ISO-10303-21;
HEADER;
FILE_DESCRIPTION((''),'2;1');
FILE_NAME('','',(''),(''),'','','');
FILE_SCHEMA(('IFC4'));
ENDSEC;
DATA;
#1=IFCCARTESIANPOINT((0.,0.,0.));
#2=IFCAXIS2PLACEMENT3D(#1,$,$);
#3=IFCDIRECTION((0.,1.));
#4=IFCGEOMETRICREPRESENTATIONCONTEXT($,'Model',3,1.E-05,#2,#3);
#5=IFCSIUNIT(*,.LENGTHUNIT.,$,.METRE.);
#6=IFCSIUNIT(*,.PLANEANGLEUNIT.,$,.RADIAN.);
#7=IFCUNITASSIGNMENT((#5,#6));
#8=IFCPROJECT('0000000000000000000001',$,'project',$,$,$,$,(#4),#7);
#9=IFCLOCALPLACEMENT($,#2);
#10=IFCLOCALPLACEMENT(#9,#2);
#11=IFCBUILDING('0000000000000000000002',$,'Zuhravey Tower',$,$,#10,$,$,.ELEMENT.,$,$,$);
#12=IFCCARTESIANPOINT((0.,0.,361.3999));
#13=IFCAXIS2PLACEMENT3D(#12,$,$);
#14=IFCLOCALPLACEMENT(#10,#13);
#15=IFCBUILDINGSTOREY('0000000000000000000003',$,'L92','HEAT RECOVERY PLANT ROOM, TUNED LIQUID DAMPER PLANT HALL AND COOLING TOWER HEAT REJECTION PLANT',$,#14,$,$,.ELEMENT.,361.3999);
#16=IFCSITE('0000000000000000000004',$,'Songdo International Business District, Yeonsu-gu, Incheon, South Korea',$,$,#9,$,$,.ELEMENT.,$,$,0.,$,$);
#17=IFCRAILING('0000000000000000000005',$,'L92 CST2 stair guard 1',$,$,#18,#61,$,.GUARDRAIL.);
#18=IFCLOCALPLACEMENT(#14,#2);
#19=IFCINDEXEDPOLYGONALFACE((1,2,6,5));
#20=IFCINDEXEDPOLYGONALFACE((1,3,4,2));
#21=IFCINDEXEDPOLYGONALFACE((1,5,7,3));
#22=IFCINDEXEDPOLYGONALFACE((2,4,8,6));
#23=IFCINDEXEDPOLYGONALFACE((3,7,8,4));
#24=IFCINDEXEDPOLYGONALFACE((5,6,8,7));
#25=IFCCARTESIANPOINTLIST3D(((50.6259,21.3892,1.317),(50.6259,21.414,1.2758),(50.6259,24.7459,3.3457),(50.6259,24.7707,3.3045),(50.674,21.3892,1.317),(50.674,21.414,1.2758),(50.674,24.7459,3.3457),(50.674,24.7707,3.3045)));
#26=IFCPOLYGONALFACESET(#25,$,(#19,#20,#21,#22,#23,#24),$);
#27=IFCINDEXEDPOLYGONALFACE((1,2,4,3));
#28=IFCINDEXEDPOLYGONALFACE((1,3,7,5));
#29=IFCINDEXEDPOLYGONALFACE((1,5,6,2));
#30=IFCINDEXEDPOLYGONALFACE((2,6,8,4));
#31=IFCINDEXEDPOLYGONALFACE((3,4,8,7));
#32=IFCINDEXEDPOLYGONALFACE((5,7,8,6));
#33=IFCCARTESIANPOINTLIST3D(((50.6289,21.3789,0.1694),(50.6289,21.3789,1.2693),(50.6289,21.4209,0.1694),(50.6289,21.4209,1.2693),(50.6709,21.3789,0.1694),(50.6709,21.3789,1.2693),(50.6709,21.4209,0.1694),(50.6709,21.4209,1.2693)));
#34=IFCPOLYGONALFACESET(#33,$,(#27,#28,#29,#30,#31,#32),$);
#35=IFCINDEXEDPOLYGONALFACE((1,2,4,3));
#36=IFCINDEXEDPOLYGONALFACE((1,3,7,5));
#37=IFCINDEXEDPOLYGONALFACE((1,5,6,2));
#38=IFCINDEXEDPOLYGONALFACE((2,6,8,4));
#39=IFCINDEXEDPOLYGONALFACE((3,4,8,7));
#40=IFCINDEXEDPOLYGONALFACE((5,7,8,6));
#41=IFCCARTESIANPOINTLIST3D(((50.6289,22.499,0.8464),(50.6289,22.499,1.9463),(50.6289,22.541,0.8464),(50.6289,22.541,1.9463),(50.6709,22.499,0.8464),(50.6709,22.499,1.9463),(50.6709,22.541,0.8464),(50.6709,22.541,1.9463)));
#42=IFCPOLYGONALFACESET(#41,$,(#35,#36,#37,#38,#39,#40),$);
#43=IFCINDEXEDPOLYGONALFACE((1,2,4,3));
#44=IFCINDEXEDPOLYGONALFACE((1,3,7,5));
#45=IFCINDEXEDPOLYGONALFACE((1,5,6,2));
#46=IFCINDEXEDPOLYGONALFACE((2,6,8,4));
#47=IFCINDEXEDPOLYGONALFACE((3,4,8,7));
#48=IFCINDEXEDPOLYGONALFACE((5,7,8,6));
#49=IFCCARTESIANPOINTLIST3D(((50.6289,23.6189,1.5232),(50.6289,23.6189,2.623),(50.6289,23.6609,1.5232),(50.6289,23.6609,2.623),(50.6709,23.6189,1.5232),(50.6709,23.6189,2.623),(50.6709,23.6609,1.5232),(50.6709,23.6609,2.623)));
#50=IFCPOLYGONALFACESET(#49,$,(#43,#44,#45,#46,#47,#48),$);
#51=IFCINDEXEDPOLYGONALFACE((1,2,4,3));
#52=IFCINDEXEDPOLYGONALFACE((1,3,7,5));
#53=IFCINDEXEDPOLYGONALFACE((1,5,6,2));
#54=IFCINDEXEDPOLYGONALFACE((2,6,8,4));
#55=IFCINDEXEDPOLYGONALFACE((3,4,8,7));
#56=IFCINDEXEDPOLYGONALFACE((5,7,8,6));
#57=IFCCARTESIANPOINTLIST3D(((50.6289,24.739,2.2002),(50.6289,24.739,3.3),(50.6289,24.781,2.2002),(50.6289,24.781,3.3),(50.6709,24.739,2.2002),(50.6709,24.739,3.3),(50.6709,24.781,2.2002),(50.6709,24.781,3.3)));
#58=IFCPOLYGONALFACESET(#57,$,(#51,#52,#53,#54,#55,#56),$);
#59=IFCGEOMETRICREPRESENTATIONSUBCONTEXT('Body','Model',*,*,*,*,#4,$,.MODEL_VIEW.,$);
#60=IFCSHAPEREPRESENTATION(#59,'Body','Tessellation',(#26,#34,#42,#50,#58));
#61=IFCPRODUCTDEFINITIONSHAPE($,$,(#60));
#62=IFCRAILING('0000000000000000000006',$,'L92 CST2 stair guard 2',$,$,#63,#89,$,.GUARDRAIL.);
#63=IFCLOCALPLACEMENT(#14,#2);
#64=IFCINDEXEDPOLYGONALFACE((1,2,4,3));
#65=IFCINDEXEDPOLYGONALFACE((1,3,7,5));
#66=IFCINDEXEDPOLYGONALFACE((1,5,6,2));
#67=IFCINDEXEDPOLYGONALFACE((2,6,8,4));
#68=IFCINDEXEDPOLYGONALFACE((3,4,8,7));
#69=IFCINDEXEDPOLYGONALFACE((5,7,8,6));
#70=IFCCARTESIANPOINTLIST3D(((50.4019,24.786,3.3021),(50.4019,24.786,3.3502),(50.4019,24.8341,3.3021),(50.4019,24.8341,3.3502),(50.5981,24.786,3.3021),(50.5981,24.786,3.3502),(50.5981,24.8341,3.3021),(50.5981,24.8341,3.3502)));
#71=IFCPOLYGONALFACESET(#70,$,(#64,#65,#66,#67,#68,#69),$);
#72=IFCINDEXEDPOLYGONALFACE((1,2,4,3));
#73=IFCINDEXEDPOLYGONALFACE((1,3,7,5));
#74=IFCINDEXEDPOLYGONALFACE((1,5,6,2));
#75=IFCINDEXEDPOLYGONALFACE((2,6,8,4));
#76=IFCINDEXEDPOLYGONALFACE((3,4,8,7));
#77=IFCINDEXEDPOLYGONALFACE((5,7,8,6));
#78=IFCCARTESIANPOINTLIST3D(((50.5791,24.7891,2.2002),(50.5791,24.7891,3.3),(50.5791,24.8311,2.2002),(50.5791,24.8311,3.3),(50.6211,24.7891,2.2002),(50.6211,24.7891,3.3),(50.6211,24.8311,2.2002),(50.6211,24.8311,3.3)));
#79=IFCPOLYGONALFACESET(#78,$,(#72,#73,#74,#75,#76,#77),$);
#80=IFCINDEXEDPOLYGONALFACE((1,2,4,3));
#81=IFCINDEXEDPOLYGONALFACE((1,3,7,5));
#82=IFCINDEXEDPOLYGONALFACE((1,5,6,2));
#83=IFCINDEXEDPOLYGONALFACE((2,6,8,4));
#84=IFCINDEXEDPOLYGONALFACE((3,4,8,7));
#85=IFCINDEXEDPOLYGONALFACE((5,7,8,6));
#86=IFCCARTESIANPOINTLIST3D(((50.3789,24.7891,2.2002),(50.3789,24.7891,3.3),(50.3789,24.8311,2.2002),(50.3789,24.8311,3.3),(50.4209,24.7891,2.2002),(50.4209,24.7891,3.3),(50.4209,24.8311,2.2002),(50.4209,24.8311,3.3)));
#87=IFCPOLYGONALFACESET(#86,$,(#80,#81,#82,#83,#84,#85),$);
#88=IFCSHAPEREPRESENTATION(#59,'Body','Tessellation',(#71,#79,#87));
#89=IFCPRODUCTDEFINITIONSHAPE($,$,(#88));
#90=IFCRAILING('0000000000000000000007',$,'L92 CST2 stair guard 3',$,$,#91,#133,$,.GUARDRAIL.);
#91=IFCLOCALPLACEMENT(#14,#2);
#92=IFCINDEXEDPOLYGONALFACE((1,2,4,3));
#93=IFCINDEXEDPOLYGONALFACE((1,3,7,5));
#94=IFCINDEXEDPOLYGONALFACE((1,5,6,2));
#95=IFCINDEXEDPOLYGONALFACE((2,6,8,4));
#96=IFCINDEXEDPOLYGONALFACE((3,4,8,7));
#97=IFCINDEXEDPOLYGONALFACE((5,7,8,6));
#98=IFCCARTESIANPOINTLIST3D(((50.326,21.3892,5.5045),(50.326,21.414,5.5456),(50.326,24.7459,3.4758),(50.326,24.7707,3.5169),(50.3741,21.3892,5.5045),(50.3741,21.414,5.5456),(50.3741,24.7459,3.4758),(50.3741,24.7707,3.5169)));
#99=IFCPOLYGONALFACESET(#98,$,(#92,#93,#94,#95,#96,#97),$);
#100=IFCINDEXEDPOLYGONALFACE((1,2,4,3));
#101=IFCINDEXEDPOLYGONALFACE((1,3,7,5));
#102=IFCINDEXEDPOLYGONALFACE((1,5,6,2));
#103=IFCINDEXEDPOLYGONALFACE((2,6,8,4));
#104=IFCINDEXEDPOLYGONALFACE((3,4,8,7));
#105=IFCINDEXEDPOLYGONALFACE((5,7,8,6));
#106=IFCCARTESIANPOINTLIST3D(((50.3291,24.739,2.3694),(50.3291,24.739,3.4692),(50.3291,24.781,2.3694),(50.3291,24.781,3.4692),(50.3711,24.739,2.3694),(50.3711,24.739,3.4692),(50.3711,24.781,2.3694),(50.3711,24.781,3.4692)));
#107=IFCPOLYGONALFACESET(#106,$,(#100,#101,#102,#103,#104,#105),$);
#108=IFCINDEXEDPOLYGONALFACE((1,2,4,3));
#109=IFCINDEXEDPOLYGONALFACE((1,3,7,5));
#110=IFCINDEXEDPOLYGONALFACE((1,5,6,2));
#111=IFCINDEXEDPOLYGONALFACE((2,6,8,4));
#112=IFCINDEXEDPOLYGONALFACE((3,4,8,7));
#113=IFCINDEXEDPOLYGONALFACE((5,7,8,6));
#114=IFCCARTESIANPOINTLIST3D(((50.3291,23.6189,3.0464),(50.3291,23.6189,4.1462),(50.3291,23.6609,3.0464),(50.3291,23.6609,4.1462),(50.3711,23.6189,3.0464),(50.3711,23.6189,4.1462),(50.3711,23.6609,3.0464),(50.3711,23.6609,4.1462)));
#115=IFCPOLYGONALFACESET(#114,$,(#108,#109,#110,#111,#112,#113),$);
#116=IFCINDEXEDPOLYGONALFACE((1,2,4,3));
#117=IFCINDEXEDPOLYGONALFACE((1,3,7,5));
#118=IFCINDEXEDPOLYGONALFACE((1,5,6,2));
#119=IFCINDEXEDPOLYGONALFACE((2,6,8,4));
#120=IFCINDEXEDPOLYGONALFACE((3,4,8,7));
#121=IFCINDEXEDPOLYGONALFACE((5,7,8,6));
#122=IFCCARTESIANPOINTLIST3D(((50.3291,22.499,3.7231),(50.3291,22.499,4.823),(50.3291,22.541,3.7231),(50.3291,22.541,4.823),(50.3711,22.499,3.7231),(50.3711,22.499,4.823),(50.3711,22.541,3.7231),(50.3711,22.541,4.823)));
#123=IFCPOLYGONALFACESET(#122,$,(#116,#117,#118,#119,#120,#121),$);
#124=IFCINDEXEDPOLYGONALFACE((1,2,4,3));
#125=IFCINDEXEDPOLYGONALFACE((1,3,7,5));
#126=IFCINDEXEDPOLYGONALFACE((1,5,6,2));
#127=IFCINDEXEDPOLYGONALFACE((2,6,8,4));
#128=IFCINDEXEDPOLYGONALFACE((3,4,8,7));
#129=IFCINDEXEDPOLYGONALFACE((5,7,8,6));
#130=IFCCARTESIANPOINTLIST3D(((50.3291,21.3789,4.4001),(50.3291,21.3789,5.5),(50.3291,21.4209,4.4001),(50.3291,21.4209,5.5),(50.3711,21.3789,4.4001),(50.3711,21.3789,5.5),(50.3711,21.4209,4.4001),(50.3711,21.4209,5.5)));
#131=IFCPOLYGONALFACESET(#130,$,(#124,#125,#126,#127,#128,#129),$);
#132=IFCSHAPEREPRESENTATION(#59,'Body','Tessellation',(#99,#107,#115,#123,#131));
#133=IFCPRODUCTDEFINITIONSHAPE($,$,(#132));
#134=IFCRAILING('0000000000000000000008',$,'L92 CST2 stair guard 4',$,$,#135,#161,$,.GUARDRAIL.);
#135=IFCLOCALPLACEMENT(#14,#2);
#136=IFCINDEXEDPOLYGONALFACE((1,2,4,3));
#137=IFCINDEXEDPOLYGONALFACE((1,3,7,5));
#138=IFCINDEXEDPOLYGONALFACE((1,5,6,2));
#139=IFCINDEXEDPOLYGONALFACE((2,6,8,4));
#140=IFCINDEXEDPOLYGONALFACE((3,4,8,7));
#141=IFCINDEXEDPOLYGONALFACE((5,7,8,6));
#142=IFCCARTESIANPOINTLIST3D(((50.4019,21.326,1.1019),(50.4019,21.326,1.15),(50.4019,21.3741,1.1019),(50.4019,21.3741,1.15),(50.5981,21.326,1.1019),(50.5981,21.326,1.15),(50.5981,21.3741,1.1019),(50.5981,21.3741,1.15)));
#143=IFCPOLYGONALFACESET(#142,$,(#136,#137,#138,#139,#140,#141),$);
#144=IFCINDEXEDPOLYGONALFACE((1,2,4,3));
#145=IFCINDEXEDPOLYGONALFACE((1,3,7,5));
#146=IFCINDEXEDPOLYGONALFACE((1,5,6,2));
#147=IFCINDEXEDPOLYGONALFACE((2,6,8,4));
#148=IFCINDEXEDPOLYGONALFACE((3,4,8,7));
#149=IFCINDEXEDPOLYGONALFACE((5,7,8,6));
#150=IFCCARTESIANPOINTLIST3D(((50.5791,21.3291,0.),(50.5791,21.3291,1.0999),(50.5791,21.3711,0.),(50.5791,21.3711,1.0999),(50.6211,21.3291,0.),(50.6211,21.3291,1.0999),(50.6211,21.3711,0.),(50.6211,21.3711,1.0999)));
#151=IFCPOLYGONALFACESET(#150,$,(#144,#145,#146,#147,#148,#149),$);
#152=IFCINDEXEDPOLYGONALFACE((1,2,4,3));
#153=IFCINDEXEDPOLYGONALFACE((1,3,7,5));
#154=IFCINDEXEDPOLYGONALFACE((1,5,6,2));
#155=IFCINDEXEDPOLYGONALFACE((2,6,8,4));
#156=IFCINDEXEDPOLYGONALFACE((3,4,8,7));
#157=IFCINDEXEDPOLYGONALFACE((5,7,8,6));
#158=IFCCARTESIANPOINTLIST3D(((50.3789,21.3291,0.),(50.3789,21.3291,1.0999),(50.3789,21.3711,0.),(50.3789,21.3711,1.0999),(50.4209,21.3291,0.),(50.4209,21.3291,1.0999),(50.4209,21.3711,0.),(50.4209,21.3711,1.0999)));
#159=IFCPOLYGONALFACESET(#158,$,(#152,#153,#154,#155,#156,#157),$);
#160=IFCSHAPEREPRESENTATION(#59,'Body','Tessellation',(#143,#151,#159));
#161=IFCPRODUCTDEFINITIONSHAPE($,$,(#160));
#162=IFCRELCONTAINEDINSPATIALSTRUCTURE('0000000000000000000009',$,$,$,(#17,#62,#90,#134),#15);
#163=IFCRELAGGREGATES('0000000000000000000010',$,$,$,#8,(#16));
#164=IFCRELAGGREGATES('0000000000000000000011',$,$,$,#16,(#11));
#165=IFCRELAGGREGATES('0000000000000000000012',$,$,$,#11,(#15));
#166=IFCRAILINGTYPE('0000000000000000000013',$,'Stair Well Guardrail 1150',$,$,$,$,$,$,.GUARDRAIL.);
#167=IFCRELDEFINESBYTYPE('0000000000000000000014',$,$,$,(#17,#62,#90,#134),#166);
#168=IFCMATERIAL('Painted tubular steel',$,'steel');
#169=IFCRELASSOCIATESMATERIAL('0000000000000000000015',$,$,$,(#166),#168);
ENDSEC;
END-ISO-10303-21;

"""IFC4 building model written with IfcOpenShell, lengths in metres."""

from ifc_helpers import new_model, si_unit, direction, frame, origin, origin_2d, place, context, subcontext, project, spatial, rectangle, extrude, material, type_object, element, save


model = new_model("IFC4")

# Units and contexts
model_context = context("Model", 3, precision=1e-05, world=origin(), true_north=direction((0.0, 1.0)))
body_context = subcontext(model_context, "Body", "Model", "MODEL_VIEW")
ifc_project = project(units=[si_unit("LENGTHUNIT", "METRE"), si_unit("PLANEANGLEUNIT", "RADIAN")], contexts=[model_context])

# Site, building, storey
site_placement = place(None, origin())
site = spatial("IfcSite", under=ifc_project, at=site_placement, Name="Songdo International Business District, Yeonsu-gu, Incheon, South Korea", CompositionType="ELEMENT", RefElevation=0.0)
building_placement = place(site_placement, origin())
building = spatial("IfcBuilding", under=site, at=building_placement, Name="Zuhravey Tower", CompositionType="ELEMENT")
storey_placement = place(building_placement, frame((0.0, 0.0, 361.3999)))
storey = spatial("IfcBuildingStorey", under=building, at=storey_placement, Name="L92", Description="HEAT RECOVERY PLANT ROOM, TUNED LIQUID DAMPER PLANT HALL AND COOLING TOWER HEAT REJECTION PLANT", CompositionType="ELEMENT", Elevation=361.3999)

# Railings
ifc_material_1 = material(Name="Painted tubular steel", Category="steel")
railing_type_1 = type_object("IfcRailingType", Name="Stair Well Guardrail 1150", PredefinedType="GUARDRAIL", material=ifc_material_1)
railing_1_placement = place(storey_placement, frame((50.6499, 21.3999, 0.1694)))
element("IfcRailing", 1, at=railing_1_placement, inside=storey, type_object=railing_type_1, Name="L92 CST2 stair guard 1", PredefinedType="GUARDRAIL", context=body_context, shape_type="SweptSolid", body=[
    extrude(rectangle(XDim=0.0481, YDim=0.0481, at=origin_2d()), frame((0.0, 0.0017, 1.127), z_axis=(0.0, 0.855837, 0.517246), x_axis=(-1.0, 0.0, 0.0)), (0.0, 0.0, 1.0), 3.9221),
    extrude(rectangle(XDim=0.042, YDim=0.042, at=origin_2d()), origin(), (0.0, 0.0, 1.0), 1.0999),
    extrude(rectangle(XDim=0.042, YDim=0.042, at=origin_2d()), frame((0.0, 1.1201, 0.677)), (0.0, 0.0, 1.0), 1.0999),
    extrude(rectangle(XDim=0.042, YDim=0.042, at=origin_2d()), frame((0.0, 2.24, 1.3538)), (0.0, 0.0, 1.0), 1.0999),
    extrude(rectangle(XDim=0.042, YDim=0.042, at=origin_2d()), frame((0.0, 3.3601, 2.0308)), (0.0, 0.0, 1.0), 1.0999),
])
railing_2_placement = place(storey_placement, frame((50.6001, 24.8101, 2.2002)))
element("IfcRailing", 2, at=railing_2_placement, inside=storey, type_object=railing_type_1, Name="L92 CST2 stair guard 2", PredefinedType="GUARDRAIL", context=body_context, shape_type="SweptSolid", body=[
    extrude(rectangle(XDim=0.0481, YDim=0.0481, at=origin_2d()), frame((-0.002, 0.0, 1.126), z_axis=(-1.0, 0.0, 0.0), x_axis=(0.0, -1.0, 0.0)), (0.0, 0.0, 1.0), 0.1963),
    extrude(rectangle(XDim=0.042, YDim=0.042, at=origin_2d()), origin(), (0.0, 0.0, 1.0), 1.0999),
    extrude(rectangle(XDim=0.042, YDim=0.042, at=origin_2d()), frame((-0.2002, 0.0, 0.0)), (0.0, 0.0, 1.0), 1.0999),
])
railing_3_placement = place(storey_placement, frame((50.3501, 24.76, 2.3694)))
element("IfcRailing", 3, at=railing_3_placement, inside=storey, type_object=railing_type_1, Name="L92 CST2 stair guard 3", PredefinedType="GUARDRAIL", context=body_context, shape_type="SweptSolid", body=[
    extrude(rectangle(XDim=0.0481, YDim=0.0481, at=origin_2d()), frame((0.0, -0.0017, 1.127), z_axis=(0.0, -0.855837, 0.517246), x_axis=(1.0, 0.0, 0.0)), (0.0, 0.0, 1.0), 3.9221),
    extrude(rectangle(XDim=0.042, YDim=0.042, at=origin_2d()), origin(), (0.0, 0.0, 1.0), 1.0999),
    extrude(rectangle(XDim=0.042, YDim=0.042, at=origin_2d()), frame((0.0, -1.1201, 0.677)), (0.0, 0.0, 1.0), 1.0999),
    extrude(rectangle(XDim=0.042, YDim=0.042, at=origin_2d()), frame((0.0, -2.24, 1.3538)), (0.0, 0.0, 1.0), 1.0999),
    extrude(rectangle(XDim=0.042, YDim=0.042, at=origin_2d()), frame((0.0, -3.3601, 2.0308)), (0.0, 0.0, 1.0), 1.0999),
])
railing_4_placement = place(storey_placement, frame((50.6001, 21.3501, 0.0)))
element("IfcRailing", 4, at=railing_4_placement, inside=storey, type_object=railing_type_1, Name="L92 CST2 stair guard 4", PredefinedType="GUARDRAIL", context=body_context, shape_type="SweptSolid", body=[
    extrude(rectangle(XDim=0.0481, YDim=0.0481, at=origin_2d()), frame((-0.002, 0.0, 1.126), z_axis=(-1.0, 0.0, 0.0), x_axis=(0.0, -1.0, 0.0)), (0.0, 0.0, 1.0), 0.1963),
    extrude(rectangle(XDim=0.042, YDim=0.042, at=origin_2d()), origin(), (0.0, 0.0, 1.0), 1.0999),
    extrude(rectangle(XDim=0.042, YDim=0.042, at=origin_2d()), frame((-0.2002, 0.0, 0.0)), (0.0, 0.0, 1.0), 1.0999),
])

save(model, "model.ifc")
